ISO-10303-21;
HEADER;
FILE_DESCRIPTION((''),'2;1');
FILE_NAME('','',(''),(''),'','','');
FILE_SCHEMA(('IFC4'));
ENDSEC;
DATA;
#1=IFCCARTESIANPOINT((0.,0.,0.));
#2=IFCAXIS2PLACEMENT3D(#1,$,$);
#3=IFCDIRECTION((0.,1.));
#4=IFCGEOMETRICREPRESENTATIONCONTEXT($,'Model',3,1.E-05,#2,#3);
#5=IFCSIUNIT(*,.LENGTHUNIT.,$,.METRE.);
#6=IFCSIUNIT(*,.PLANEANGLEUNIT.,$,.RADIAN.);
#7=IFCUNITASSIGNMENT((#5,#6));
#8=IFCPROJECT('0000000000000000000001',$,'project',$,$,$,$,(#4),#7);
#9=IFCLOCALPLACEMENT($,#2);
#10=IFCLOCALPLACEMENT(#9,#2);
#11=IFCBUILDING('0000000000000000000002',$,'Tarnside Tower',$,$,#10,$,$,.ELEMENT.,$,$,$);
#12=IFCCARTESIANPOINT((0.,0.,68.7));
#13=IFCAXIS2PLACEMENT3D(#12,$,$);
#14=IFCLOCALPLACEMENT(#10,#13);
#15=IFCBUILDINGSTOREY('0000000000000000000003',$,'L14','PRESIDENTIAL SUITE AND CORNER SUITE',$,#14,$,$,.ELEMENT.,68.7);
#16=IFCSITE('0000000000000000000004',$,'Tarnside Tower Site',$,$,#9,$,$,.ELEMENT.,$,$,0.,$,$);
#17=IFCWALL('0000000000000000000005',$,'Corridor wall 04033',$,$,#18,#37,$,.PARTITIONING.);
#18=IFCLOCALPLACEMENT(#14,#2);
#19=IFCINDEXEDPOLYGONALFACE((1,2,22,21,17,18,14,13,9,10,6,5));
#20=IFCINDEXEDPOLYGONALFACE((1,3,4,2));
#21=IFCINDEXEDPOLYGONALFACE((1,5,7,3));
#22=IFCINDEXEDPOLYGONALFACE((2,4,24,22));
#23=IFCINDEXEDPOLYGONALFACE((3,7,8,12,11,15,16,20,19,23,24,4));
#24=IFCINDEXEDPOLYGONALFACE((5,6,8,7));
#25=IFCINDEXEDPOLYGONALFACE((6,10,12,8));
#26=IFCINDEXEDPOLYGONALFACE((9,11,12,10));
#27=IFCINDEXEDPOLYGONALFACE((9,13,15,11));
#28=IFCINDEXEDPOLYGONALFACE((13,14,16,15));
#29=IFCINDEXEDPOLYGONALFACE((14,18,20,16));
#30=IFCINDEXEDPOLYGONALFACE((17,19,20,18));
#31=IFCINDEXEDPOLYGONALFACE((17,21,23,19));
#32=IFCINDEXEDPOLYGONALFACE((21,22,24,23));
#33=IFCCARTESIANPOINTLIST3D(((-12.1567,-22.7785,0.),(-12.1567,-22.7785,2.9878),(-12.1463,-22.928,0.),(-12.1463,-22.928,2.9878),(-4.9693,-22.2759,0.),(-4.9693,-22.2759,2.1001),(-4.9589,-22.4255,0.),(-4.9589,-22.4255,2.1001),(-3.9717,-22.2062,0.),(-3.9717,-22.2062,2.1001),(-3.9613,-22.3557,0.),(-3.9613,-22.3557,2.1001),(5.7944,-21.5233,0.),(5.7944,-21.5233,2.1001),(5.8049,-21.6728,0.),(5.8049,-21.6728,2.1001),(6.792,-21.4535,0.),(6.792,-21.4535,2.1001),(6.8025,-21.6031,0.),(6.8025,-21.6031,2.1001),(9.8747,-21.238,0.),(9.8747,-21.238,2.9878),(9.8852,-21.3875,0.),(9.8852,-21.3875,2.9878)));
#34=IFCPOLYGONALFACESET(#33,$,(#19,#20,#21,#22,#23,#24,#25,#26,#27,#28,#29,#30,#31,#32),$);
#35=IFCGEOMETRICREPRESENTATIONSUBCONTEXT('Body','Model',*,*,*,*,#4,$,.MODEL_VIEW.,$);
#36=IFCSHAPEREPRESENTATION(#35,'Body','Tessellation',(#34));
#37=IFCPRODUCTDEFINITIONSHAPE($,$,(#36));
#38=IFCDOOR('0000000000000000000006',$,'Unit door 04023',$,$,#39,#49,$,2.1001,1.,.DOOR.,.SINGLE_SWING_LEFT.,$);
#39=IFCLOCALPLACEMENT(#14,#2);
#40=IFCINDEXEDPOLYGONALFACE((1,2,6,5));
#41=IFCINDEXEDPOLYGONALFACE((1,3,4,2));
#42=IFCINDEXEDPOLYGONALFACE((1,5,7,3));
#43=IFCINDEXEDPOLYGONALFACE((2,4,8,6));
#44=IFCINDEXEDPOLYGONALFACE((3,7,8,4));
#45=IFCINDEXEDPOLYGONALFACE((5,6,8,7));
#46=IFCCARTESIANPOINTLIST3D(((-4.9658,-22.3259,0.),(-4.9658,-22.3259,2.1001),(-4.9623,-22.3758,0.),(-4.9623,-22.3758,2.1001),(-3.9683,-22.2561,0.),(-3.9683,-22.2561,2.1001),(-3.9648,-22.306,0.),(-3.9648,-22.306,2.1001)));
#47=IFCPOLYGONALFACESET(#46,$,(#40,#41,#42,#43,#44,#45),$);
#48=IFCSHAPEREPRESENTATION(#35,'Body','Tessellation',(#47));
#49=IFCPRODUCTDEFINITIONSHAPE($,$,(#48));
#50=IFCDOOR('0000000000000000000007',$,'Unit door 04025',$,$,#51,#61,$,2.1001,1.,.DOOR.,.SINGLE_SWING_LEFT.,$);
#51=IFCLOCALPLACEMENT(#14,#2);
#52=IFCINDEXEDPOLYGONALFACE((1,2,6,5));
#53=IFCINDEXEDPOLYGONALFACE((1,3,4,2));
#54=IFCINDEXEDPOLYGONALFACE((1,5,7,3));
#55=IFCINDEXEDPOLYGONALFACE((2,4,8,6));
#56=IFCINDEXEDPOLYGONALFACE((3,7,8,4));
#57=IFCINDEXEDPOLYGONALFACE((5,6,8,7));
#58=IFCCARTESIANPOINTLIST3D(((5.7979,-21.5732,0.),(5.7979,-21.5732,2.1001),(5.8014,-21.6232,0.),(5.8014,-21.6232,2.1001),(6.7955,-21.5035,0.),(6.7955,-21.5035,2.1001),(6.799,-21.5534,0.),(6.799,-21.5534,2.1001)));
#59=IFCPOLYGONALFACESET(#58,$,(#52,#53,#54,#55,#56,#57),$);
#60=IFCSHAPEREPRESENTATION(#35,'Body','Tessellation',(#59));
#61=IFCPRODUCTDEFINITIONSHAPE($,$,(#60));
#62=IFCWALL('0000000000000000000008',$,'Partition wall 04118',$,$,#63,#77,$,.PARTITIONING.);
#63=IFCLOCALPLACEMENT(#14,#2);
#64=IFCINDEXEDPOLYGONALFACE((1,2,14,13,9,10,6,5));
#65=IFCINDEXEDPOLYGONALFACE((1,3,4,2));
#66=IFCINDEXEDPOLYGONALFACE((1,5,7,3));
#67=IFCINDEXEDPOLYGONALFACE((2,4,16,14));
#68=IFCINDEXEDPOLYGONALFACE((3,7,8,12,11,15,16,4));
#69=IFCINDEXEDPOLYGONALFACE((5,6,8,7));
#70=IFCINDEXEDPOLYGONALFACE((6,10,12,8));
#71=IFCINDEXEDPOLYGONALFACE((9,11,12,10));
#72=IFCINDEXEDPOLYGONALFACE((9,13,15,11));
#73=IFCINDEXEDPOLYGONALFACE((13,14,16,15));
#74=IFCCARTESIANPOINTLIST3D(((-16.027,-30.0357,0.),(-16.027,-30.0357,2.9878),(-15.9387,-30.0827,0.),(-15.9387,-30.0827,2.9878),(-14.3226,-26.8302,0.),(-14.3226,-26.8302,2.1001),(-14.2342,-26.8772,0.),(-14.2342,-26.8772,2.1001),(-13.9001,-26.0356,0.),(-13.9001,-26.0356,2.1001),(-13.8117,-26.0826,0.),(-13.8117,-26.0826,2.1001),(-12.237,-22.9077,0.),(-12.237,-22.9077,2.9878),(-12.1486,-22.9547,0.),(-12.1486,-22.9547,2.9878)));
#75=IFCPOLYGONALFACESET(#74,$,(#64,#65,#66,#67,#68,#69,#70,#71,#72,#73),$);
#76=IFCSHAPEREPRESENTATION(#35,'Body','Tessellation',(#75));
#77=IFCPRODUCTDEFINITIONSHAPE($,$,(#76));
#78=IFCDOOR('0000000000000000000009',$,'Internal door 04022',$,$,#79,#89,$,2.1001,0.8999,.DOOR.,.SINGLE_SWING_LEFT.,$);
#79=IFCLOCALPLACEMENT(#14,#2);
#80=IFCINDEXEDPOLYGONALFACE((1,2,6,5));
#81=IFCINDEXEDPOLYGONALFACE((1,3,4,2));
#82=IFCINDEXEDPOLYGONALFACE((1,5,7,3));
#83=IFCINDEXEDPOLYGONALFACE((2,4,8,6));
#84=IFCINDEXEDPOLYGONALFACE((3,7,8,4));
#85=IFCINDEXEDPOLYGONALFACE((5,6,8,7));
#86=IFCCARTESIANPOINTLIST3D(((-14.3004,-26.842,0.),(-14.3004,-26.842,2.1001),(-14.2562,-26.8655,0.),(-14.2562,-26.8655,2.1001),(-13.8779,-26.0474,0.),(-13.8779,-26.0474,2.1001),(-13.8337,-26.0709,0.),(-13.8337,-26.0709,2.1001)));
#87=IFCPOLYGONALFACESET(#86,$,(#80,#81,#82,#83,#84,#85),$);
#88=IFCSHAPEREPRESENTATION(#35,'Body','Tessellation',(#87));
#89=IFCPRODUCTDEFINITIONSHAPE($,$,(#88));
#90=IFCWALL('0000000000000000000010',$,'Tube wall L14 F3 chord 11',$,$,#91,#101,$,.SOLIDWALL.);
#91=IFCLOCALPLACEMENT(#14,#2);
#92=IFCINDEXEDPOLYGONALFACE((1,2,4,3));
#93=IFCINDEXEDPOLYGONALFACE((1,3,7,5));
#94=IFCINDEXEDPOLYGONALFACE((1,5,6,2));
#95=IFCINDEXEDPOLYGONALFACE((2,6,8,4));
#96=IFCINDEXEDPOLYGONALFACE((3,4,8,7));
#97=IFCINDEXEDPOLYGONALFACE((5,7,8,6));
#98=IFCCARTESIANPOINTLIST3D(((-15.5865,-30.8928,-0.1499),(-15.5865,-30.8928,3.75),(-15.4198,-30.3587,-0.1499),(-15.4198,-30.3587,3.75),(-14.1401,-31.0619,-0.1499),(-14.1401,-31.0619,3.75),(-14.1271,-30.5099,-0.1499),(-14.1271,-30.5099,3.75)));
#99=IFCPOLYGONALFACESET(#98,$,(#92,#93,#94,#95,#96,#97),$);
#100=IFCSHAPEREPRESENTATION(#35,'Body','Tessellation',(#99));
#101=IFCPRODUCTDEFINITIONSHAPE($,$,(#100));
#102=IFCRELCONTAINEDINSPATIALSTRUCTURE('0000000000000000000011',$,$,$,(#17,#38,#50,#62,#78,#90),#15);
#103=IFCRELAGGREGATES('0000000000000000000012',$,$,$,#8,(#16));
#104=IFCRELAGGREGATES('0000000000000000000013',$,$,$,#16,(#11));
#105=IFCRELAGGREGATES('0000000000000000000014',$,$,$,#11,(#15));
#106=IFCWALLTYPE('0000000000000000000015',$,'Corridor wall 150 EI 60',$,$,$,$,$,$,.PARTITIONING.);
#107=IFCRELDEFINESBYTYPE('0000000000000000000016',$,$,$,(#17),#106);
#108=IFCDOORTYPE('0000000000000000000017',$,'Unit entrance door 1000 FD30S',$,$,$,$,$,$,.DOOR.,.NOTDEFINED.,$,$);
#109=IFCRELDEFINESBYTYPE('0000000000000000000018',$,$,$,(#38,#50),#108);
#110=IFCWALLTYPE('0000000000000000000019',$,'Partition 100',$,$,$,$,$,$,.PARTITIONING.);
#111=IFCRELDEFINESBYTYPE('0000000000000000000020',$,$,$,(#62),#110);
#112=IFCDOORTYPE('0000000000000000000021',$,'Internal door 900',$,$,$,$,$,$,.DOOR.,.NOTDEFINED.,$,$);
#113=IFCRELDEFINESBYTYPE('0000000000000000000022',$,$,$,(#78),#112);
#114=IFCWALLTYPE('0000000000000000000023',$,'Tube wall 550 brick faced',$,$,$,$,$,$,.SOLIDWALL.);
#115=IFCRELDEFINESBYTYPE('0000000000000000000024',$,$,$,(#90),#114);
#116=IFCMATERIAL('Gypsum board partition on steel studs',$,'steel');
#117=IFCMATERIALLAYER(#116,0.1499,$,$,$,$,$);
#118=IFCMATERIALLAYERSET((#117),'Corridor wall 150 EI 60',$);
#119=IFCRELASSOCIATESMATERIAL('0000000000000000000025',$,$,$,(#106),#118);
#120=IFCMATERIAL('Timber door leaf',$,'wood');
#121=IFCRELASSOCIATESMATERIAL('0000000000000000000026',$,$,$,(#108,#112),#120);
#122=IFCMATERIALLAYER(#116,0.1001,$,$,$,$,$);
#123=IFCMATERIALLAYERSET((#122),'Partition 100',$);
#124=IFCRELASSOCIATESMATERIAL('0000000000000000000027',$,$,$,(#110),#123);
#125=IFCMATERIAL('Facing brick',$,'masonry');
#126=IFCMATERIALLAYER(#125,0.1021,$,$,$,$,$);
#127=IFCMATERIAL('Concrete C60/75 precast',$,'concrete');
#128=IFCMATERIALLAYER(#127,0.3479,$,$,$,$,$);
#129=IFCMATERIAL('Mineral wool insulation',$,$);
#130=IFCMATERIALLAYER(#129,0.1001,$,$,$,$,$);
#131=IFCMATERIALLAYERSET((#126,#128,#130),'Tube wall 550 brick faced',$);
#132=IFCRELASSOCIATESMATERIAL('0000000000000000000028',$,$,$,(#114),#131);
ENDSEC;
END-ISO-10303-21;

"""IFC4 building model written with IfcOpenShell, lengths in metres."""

from ifc_helpers import new_model, si_unit, direction, frame, frame_2d, origin, place, context, subcontext, project, spatial, polyline, rectangle, outline, extrude, material, layer, layer_set, type_object, element, fill, save


model = new_model("IFC4")

# Units and contexts
model_context = context("Model", 3, precision=1e-05, world=origin(), true_north=direction((0.0, 1.0)))
body_context = subcontext(model_context, "Body", "Model", "MODEL_VIEW")
ifc_project = project(units=[si_unit("LENGTHUNIT", "METRE"), si_unit("PLANEANGLEUNIT", "RADIAN")], contexts=[model_context])

# Site, building, storey
site_placement = place(None, origin())
site = spatial("IfcSite", under=ifc_project, at=site_placement, Name="Tarnside Tower Site", CompositionType="ELEMENT", RefElevation=0.0)
building_placement = place(site_placement, origin())
building = spatial("IfcBuilding", under=site, at=building_placement, Name="Tarnside Tower", CompositionType="ELEMENT")
storey_placement = place(building_placement, frame((0.0, 0.0, 68.7)))
storey = spatial("IfcBuildingStorey", under=building, at=storey_placement, Name="L14", Description="PRESIDENTIAL SUITE AND CORNER SUITE", CompositionType="ELEMENT", Elevation=68.7)

# Shared definitions
ifc_material_1 = material(Name="Gypsum board partition on steel studs", Category="steel")

# Shared definitions
ifc_material_2 = material(Name="Timber door leaf", Category="wood")

# Wall, openings, doors
ifc_layer_1 = layer(ifc_material_1, 0.1499)
ifc_layer_set_1 = layer_set([ifc_layer_1], Name="Corridor wall 150 EI 60")
wall_type_1 = type_object("IfcWallType", Name="Corridor wall 150 EI 60", PredefinedType="PARTITIONING", material=ifc_layer_set_1)
wall_1_placement = place(storey_placement, frame((-12.1514, -22.8533, 0.0), z_axis=(0.0, 0.0, 1.0), x_axis=(0.997564, 0.069754, 0.0)))
wall_1 = element("IfcWall", 1, at=wall_1_placement, inside=storey, type_object=wall_type_1, Name="Corridor wall 04033", PredefinedType="PARTITIONING", context=body_context, shape_type="SweptSolid", body=[
    extrude(rectangle(XDim=22.0852, YDim=0.1499, at=frame_2d((11.0425, 0.0))), origin(), (0.0, 0.0, 1.0), 2.9878),
])
opening_1_placement = place(wall_1_placement, frame((7.2048, 0.0, 0.0)))
opening_1 = element("IfcOpeningElement", 2, at=opening_1_placement, cuts=wall_1, PredefinedType="OPENING", context=body_context, shape_type="SweptSolid", body=[
    extrude(rectangle(XDim=1.0, YDim=2.1001, at=frame_2d((0.5, 1.05))), frame((0.0, 0.085, 0.0), z_axis=(0.0, -1.0, 0.0), x_axis=(1.0, 0.0, 0.0)), (0.0, 0.0, 1.0), 0.1699),
])
opening_2_placement = place(wall_1_placement, frame((17.9949, 0.0, 0.0)))
opening_2 = element("IfcOpeningElement", 3, at=opening_2_placement, cuts=wall_1, PredefinedType="OPENING", context=body_context, shape_type="SweptSolid", body=[
    extrude(rectangle(XDim=1.0, YDim=2.1001, at=frame_2d((0.5, 1.05))), frame((0.0, 0.085, 0.0), z_axis=(0.0, -1.0, 0.0), x_axis=(1.0, 0.0, 0.0)), (0.0, 0.0, 1.0), 0.1699),
])
door_type_1 = type_object("IfcDoorType", Name="Unit entrance door 1000 FD30S", OperationType="NOTDEFINED", PredefinedType="DOOR", material=ifc_material_2)
door_1_placement = place(opening_1_placement, origin())
door_1 = element("IfcDoor", 4, at=door_1_placement, inside=storey, type_object=door_type_1, Name="Unit door 04023", OperationType="SINGLE_SWING_LEFT", OverallHeight=2.1001, OverallWidth=1.0, PredefinedType="DOOR", context=body_context, shape_type="SweptSolid", body=[
    extrude(rectangle(XDim=1.0, YDim=2.1001, at=frame_2d((0.5, 1.05))), frame((0.0, 0.0249, 0.0), z_axis=(0.0, -1.0, 0.0), x_axis=(1.0, 0.0, 0.0)), (0.0, 0.0, 1.0), 0.05),
])
fill(opening_1, door_1)
door_2_placement = place(opening_2_placement, origin())
door_2 = element("IfcDoor", 5, at=door_2_placement, inside=storey, type_object=door_type_1, Name="Unit door 04025", OperationType="SINGLE_SWING_LEFT", OverallHeight=2.1001, OverallWidth=1.0, PredefinedType="DOOR", context=body_context, shape_type="SweptSolid", body=[
    extrude(rectangle(XDim=1.0, YDim=2.1001, at=frame_2d((0.5, 1.05))), frame((0.0, 0.0249, 0.0), z_axis=(0.0, -1.0, 0.0), x_axis=(1.0, 0.0, 0.0)), (0.0, 0.0, 1.0), 0.05),
])
fill(opening_2, door_2)

# Wall, opening, door
ifc_layer_2 = layer(ifc_material_1, 0.1001)
ifc_layer_set_2 = layer_set([ifc_layer_2], Name="Partition 100")
wall_type_2 = type_object("IfcWallType", Name="Partition 100", PredefinedType="PARTITIONING", material=ifc_layer_set_2)
wall_2_placement = place(storey_placement, frame((-15.9829, -30.0593, 0.0), z_axis=(0.0, 0.0, 1.0), x_axis=(0.469477, 0.882945, 0.0)))
wall_2 = element("IfcWall", 6, at=wall_2_placement, inside=storey, type_object=wall_type_2, Name="Partition wall 04118", PredefinedType="PARTITIONING", context=body_context, shape_type="SweptSolid", body=[
    extrude(rectangle(XDim=8.073, YDim=0.1001, at=frame_2d((4.0366, 0.0))), origin(), (0.0, 0.0, 1.0), 2.9878),
])
opening_3_placement = place(wall_2_placement, frame((3.6306, 0.0, 0.0)))
opening_3 = element("IfcOpeningElement", 7, at=opening_3_placement, cuts=wall_2, PredefinedType="OPENING", context=body_context, shape_type="SweptSolid", body=[
    extrude(rectangle(XDim=0.8999, YDim=2.1001, at=frame_2d((0.45, 1.05))), frame((0.0, 0.0601, 0.0), z_axis=(0.0, -1.0, 0.0), x_axis=(1.0, 0.0, 0.0)), (0.0, 0.0, 1.0), 0.1201),
])
door_type_2 = type_object("IfcDoorType", Name="Internal door 900", OperationType="NOTDEFINED", PredefinedType="DOOR", material=ifc_material_2)
door_3_placement = place(opening_3_placement, origin())
door_3 = element("IfcDoor", 8, at=door_3_placement, inside=storey, type_object=door_type_2, Name="Internal door 04022", OperationType="SINGLE_SWING_LEFT", OverallHeight=2.1001, OverallWidth=0.8999, PredefinedType="DOOR", context=body_context, shape_type="SweptSolid", body=[
    extrude(rectangle(XDim=0.8999, YDim=2.1001, at=frame_2d((0.45, 1.05))), frame((0.0, 0.0249, 0.0), z_axis=(0.0, -1.0, 0.0), x_axis=(1.0, 0.0, 0.0)), (0.0, 0.0, 1.0), 0.05),
])
fill(opening_3, door_3)

# Wall
ifc_material_3 = material(Name="Facing brick", Category="masonry")
ifc_layer_3 = layer(ifc_material_3, 0.1021)
ifc_material_4 = material(Name="Concrete C60/75 precast", Category="concrete")
ifc_layer_4 = layer(ifc_material_4, 0.3479)
ifc_material_5 = material(Name="Mineral wool insulation")
ifc_layer_5 = layer(ifc_material_5, 0.1001)
ifc_layer_set_3 = layer_set([ifc_layer_3, ifc_layer_4, ifc_layer_5], Name="Tube wall 550 brick faced")
wall_type_3 = type_object("IfcWallType", Name="Tube wall 550 brick faced", PredefinedType="SOLIDWALL", material=ifc_layer_set_3)
wall_3_placement = place(storey_placement, frame((-15.5032, -30.6257, -0.1499), z_axis=(0.0, 0.0, 1.0), x_axis=(0.993233, -0.116143, 0.0)))
element("IfcWall", 9, at=wall_3_placement, inside=storey, type_object=wall_type_3, Name="Tube wall L14 F3 chord 11", PredefinedType="SOLIDWALL", context=body_context, shape_type="SweptSolid", body=[
    extrude(outline(polyline([(-0.0518, -0.2749), (1.4045, -0.2749), (1.3533, 0.2749), (0.0518, 0.2749), (-0.0518, -0.2749)])), origin(), (0.0, 0.0, 1.0), 3.8999),
])

save(model, "model.ifc")
